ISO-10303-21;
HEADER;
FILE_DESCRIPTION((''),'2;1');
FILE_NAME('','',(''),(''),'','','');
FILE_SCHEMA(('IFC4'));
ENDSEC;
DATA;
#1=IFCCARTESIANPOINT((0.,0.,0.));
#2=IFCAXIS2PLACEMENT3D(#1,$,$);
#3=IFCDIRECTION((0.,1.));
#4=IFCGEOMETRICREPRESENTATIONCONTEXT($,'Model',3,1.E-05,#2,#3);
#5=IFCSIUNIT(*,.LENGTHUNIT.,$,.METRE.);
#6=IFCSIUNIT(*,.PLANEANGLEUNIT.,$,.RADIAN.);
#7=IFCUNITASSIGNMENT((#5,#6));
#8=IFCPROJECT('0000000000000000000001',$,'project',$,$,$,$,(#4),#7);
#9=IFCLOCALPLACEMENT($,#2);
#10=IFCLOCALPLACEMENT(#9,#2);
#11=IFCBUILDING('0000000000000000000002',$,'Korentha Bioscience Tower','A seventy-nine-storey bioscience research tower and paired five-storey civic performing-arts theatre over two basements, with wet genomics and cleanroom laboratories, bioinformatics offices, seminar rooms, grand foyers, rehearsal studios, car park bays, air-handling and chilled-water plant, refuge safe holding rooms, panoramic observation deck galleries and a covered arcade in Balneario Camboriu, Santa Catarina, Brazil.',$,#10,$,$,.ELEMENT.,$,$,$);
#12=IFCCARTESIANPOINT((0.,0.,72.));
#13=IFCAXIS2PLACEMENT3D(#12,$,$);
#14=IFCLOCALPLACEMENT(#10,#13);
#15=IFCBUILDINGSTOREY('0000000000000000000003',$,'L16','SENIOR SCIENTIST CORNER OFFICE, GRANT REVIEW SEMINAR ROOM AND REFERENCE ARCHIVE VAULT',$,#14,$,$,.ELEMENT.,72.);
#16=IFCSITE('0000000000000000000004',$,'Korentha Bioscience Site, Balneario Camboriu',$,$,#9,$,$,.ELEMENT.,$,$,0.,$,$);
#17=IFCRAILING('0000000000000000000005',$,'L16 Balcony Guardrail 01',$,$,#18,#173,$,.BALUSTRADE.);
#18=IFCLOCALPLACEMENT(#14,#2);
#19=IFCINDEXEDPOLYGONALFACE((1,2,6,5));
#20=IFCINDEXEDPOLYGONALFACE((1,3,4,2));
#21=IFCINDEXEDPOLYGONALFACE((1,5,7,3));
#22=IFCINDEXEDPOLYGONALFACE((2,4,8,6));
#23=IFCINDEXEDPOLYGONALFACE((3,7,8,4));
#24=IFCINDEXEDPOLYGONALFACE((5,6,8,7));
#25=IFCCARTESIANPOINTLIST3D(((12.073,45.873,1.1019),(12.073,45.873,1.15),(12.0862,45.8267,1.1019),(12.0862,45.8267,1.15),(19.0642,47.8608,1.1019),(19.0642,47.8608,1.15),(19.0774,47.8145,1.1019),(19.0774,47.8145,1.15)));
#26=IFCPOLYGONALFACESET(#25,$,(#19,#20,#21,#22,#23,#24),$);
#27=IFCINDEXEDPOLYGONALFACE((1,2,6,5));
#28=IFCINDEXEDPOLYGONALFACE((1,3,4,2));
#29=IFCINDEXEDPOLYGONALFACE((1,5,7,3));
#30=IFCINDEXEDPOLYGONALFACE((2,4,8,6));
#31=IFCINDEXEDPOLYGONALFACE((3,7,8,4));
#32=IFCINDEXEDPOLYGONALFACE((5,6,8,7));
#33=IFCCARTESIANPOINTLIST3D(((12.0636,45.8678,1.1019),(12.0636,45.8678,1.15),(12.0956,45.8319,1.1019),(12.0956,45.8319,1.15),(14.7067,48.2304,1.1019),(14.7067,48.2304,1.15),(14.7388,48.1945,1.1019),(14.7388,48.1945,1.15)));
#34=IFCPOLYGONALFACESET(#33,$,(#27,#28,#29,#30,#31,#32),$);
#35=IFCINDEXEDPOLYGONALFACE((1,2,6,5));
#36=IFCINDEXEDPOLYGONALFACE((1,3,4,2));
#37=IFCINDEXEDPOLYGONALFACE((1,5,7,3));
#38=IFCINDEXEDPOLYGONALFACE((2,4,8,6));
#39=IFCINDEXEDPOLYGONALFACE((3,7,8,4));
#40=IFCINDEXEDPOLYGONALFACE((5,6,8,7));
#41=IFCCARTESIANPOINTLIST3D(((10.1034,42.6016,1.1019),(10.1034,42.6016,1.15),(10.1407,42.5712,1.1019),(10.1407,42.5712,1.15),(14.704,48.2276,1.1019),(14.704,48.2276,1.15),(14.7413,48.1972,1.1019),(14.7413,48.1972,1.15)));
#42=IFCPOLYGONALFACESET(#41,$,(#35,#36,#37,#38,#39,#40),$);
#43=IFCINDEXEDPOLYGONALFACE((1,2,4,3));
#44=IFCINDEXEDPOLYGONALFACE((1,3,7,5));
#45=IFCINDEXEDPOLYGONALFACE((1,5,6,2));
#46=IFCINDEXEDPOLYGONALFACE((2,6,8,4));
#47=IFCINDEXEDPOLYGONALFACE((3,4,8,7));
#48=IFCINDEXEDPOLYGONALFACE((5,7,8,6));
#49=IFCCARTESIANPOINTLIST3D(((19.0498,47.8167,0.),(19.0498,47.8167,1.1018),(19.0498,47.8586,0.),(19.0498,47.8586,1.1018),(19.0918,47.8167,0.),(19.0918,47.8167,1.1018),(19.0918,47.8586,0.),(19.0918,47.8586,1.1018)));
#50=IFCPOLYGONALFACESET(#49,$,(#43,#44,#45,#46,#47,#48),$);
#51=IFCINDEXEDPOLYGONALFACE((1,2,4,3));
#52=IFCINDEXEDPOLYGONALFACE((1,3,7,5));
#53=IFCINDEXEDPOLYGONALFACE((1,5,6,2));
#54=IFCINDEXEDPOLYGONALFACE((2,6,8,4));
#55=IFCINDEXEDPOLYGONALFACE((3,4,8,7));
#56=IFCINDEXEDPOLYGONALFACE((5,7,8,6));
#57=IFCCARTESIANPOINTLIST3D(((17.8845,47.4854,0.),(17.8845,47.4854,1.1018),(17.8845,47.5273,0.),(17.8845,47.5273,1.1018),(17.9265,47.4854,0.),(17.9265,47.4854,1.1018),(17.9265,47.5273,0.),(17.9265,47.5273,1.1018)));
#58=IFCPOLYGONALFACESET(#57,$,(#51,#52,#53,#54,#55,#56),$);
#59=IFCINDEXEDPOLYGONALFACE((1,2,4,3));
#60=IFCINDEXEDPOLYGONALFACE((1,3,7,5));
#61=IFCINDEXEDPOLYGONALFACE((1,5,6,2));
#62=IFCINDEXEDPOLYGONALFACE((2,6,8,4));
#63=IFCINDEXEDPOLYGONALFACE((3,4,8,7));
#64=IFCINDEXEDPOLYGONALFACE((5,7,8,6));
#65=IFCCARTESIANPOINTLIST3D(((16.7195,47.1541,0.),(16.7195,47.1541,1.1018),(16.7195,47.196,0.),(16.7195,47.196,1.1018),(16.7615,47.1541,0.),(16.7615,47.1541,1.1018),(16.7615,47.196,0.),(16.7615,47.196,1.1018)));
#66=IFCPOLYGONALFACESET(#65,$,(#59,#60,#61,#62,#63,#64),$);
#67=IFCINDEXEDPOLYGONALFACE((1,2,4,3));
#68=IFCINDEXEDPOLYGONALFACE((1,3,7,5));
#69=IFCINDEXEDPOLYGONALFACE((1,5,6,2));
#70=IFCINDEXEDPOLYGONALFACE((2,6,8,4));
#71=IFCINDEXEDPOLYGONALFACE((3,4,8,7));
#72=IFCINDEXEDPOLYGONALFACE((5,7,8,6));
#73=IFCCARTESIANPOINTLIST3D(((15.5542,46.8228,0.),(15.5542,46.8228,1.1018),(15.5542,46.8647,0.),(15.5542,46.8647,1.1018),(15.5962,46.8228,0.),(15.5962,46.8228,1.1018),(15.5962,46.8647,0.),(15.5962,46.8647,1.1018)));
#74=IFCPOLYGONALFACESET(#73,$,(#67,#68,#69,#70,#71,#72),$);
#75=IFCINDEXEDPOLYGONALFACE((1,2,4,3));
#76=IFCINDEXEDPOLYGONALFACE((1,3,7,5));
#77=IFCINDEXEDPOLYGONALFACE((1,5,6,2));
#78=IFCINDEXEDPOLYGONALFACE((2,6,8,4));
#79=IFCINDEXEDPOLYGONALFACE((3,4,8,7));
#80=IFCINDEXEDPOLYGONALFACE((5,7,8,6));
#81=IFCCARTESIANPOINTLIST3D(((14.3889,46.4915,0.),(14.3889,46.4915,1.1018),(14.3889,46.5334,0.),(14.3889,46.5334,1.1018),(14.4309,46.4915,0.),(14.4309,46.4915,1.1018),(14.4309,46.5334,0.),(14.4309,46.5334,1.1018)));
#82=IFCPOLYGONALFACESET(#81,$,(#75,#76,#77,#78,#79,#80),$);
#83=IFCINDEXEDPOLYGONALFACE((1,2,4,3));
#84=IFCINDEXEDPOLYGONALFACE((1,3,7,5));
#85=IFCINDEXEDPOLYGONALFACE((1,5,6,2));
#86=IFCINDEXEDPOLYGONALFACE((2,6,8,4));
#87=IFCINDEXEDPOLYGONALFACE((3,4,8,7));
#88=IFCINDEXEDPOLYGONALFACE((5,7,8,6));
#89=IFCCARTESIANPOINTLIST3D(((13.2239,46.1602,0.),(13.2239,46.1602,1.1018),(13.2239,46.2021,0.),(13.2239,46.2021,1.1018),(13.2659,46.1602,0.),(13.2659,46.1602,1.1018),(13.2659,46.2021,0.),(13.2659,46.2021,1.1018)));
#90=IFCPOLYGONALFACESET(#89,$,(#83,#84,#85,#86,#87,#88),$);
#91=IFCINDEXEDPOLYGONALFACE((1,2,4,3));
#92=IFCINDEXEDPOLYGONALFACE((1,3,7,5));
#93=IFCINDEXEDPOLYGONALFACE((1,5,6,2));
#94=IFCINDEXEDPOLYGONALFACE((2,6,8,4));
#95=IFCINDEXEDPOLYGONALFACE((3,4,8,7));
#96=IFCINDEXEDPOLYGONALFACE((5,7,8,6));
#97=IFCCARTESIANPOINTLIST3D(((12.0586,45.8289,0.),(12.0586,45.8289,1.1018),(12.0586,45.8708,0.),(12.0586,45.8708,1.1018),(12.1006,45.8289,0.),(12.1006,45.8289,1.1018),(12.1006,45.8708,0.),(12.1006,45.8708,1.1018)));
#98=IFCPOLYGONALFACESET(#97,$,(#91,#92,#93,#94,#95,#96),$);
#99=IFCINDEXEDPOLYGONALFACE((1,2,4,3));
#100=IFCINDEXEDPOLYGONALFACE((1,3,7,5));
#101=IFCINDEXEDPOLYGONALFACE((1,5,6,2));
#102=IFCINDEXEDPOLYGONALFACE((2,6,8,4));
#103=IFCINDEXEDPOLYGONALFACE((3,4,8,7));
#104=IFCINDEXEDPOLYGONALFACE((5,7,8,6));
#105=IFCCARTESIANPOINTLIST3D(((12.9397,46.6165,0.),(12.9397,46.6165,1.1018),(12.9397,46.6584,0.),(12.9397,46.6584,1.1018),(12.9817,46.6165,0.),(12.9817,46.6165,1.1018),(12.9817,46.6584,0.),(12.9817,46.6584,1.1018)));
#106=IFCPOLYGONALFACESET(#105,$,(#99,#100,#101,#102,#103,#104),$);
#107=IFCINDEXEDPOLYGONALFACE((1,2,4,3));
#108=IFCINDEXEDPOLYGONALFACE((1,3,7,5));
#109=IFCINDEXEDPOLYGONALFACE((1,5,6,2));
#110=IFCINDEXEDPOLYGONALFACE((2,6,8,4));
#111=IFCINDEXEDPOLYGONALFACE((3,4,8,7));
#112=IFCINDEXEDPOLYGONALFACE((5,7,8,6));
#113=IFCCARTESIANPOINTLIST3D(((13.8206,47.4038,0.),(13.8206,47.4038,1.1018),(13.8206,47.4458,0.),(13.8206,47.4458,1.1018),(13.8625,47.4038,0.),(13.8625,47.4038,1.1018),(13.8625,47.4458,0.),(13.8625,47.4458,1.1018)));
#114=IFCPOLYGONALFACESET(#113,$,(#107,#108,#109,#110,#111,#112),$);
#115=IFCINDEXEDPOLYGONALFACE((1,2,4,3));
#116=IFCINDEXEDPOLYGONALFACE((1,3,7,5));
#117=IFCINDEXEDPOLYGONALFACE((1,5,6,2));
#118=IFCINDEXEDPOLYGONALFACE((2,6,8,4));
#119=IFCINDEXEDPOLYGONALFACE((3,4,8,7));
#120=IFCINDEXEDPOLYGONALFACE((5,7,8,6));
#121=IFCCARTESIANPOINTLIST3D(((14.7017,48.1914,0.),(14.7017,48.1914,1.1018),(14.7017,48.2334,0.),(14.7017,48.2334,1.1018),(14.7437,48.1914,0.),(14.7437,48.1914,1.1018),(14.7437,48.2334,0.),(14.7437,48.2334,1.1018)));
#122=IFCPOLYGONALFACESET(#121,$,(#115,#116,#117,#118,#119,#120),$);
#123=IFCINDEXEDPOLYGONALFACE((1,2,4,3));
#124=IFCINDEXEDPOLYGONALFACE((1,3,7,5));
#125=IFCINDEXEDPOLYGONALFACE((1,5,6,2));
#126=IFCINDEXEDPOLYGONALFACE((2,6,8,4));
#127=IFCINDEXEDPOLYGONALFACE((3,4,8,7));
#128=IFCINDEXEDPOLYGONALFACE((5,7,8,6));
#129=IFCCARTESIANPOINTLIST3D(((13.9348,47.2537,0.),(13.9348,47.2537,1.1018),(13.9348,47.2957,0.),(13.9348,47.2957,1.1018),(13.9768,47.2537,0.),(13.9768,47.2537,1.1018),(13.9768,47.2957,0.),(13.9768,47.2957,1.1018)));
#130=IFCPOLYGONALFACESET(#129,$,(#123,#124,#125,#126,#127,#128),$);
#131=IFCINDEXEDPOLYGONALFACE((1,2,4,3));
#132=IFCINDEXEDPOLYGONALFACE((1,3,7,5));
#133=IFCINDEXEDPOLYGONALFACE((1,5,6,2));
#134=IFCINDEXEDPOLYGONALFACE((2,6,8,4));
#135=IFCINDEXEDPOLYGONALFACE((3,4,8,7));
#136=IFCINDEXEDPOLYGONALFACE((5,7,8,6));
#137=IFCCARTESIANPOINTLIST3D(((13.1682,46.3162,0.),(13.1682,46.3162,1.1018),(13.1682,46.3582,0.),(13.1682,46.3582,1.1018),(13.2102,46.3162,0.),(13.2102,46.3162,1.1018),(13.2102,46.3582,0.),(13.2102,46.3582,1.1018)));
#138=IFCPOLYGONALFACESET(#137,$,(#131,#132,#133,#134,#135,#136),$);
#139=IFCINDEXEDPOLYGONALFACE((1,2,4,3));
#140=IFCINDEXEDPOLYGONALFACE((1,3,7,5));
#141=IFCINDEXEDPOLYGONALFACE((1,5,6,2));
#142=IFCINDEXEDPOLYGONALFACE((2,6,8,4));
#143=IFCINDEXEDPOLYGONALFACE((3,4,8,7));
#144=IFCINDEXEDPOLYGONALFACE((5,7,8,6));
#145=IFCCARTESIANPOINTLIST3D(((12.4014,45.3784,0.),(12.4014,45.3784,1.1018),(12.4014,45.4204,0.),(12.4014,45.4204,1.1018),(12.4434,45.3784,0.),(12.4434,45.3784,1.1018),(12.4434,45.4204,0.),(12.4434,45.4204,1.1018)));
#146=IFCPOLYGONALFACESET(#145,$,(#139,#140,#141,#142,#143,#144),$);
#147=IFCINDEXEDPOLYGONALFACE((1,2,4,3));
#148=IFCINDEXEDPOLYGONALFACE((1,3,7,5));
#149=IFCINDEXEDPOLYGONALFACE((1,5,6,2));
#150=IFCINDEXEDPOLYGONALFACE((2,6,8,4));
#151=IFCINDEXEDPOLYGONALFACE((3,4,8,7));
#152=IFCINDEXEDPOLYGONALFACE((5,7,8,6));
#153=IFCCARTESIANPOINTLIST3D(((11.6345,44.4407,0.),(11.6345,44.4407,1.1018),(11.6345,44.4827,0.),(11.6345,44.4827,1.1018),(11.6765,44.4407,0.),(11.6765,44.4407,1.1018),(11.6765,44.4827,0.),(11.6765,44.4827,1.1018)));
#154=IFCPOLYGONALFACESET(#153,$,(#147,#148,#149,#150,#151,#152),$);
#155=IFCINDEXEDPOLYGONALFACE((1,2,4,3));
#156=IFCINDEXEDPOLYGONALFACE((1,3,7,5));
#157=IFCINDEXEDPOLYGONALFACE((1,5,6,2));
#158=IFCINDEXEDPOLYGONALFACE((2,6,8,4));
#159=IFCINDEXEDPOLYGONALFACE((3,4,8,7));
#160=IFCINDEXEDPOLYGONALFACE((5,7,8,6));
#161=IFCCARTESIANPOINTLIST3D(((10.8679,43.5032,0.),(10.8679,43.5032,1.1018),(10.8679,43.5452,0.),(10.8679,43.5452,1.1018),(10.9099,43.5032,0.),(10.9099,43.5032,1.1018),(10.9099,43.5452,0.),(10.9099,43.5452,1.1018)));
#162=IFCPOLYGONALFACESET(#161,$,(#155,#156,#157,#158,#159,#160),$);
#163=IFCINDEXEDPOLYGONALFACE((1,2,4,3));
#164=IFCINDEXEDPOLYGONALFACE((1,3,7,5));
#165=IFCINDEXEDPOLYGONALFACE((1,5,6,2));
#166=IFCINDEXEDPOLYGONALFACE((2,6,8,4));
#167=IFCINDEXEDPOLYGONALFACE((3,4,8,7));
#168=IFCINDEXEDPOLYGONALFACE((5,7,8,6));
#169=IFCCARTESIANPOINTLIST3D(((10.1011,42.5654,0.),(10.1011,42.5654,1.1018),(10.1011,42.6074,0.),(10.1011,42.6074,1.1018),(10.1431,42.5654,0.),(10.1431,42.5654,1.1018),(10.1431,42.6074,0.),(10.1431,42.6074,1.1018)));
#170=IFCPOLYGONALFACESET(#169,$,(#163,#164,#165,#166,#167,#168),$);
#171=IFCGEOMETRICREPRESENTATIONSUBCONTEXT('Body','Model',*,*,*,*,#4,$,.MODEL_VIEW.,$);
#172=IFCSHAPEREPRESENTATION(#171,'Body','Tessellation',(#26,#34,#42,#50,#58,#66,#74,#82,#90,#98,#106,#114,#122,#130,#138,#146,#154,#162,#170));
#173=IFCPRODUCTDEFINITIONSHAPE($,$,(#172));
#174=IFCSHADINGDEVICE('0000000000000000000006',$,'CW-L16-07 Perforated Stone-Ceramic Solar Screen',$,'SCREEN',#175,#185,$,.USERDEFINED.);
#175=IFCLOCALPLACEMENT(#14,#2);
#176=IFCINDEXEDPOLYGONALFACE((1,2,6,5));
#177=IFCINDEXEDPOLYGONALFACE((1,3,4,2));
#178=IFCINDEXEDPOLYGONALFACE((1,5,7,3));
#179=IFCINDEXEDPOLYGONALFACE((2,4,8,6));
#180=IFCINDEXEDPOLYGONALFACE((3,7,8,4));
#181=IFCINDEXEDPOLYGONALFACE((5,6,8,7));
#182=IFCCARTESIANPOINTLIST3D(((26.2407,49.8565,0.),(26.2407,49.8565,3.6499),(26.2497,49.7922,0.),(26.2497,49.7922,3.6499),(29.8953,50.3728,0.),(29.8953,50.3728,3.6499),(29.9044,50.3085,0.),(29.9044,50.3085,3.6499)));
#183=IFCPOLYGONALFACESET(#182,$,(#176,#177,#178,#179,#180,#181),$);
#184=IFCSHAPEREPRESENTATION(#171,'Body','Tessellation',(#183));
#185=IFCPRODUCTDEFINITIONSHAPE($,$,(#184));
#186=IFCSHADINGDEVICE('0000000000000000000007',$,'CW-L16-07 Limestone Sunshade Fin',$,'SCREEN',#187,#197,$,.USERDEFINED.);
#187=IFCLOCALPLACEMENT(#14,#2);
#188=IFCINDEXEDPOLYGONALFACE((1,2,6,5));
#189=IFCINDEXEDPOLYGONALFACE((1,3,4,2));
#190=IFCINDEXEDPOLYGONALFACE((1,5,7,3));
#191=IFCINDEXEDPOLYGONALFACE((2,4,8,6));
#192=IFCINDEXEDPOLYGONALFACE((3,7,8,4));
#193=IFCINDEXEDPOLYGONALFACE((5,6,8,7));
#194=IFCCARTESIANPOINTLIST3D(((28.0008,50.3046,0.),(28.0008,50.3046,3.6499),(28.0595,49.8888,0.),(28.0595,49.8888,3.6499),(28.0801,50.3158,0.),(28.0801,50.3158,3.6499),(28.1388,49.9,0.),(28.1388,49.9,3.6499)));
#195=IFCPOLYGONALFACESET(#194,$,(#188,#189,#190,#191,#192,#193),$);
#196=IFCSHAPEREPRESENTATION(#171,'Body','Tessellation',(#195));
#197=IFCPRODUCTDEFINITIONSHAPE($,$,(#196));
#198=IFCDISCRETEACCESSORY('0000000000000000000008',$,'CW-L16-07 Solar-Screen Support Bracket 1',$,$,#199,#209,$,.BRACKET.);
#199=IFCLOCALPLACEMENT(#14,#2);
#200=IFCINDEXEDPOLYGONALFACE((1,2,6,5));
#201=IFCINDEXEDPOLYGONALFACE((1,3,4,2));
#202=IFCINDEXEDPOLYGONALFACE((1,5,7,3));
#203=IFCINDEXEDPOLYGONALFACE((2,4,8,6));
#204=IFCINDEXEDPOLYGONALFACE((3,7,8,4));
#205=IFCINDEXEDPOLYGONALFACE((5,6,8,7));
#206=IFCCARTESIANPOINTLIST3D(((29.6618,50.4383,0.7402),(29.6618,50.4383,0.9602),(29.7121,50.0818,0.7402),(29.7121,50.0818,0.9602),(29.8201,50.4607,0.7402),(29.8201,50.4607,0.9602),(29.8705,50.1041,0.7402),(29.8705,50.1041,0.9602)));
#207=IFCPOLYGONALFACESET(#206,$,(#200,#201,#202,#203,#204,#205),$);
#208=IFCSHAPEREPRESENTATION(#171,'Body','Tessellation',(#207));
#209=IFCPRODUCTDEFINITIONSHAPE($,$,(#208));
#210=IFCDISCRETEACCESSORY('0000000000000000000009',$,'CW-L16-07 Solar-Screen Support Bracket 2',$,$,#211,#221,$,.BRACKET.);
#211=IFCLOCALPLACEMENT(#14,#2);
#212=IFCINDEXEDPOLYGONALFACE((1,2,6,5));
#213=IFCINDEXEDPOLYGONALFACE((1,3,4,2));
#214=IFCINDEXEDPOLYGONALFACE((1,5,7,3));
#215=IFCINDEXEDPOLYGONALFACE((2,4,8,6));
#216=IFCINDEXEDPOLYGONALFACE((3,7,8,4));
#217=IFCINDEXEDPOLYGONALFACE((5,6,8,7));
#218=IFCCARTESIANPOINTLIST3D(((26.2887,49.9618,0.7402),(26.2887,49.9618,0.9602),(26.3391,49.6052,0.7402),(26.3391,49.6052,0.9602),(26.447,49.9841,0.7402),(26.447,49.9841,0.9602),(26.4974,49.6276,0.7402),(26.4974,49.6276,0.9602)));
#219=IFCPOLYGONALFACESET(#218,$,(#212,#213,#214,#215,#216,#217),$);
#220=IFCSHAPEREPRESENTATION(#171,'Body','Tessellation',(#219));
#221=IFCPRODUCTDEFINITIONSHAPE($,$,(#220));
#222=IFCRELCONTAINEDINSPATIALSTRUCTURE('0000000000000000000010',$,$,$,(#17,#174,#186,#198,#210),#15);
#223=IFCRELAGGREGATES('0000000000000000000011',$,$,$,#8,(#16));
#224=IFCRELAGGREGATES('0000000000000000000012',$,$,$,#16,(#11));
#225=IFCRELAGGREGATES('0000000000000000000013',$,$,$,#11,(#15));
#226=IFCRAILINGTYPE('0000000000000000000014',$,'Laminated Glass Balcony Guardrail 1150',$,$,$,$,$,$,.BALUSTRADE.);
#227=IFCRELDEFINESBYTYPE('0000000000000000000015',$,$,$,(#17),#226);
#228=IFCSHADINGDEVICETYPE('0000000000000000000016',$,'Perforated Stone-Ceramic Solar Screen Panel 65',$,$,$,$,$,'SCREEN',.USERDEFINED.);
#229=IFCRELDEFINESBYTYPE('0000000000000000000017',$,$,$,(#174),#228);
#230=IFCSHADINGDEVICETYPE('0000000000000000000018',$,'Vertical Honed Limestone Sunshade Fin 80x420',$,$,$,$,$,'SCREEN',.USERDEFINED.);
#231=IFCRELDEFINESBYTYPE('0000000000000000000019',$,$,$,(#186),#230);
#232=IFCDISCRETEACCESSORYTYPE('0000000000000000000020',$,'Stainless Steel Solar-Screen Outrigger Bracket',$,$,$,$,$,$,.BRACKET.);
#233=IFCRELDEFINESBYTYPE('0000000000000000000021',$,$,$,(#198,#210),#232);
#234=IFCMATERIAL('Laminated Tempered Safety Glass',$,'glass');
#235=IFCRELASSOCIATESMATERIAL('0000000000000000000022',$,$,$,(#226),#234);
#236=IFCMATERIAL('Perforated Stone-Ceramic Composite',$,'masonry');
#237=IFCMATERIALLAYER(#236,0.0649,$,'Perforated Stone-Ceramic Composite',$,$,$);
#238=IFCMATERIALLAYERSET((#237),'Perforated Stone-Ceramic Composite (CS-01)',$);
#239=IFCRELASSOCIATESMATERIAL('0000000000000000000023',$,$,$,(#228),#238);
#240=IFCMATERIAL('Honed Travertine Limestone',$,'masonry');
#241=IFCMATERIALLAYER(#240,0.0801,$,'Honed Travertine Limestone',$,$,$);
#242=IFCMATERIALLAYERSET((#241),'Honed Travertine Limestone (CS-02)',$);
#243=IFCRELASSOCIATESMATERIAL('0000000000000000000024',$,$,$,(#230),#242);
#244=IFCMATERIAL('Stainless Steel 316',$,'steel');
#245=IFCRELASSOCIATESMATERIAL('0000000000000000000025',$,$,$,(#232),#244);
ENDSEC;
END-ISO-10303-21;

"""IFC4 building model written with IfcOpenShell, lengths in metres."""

from ifc_helpers import new_model, si_unit, direction, frame, origin, origin_2d, place, context, subcontext, project, spatial, rectangle, extrude, material, layer, layer_set, type_object, element, save


model = new_model("IFC4")

# Units and contexts
model_context = context("Model", 3, precision=1e-05, world=origin(), true_north=direction((0.0, 1.0)))
body_context = subcontext(model_context, "Body", "Model", "MODEL_VIEW")
ifc_project = project(units=[si_unit("LENGTHUNIT", "METRE"), si_unit("PLANEANGLEUNIT", "RADIAN")], contexts=[model_context])

# Site, building, storey
site_placement = place(None, origin())
site = spatial("IfcSite", under=ifc_project, at=site_placement, Name="Korentha Bioscience Site, Balneario Camboriu", CompositionType="ELEMENT", RefElevation=0.0)
building_placement = place(site_placement, origin())
building = spatial("IfcBuilding", under=site, at=building_placement, Name="Korentha Bioscience Tower", Description="A seventy-nine-storey bioscience research tower and paired five-storey civic performing-arts theatre over two basements, with wet genomics and cleanroom laboratories, bioinformatics offices, seminar rooms, grand foyers, rehearsal studios, car park bays, air-handling and chilled-water plant, refuge safe holding rooms, panoramic observation deck galleries and a covered arcade in Balneario Camboriu, Santa Catarina, Brazil.", CompositionType="ELEMENT")
storey_placement = place(building_placement, frame((0.0, 0.0, 72.0)))
storey = spatial("IfcBuildingStorey", under=building, at=storey_placement, Name="L16", Description="SENIOR SCIENTIST CORNER OFFICE, GRANT REVIEW SEMINAR ROOM AND REFERENCE ARCHIVE VAULT", CompositionType="ELEMENT", Elevation=72.0)

# Railing
ifc_material_1 = material(Name="Laminated Tempered Safety Glass", Category="glass")
railing_type = type_object("IfcRailingType", Name="Laminated Glass Balcony Guardrail 1150", PredefinedType="BALUSTRADE", material=ifc_material_1)
railing_placement = place(storey_placement, frame((19.0708, 47.8376, 0.0)))
element("IfcRailing", 1, at=railing_placement, inside=storey, type_object=railing_type, Name="L16 Balcony Guardrail 01", PredefinedType="BALUSTRADE", context=body_context, shape_type="SweptSolid", body=[
    extrude(rectangle(XDim=0.0481, YDim=0.0481, at=origin_2d()), frame((0.0, 0.0, 1.126), z_axis=(-0.961876, -0.273488, 0.0), x_axis=(0.273488, -0.961876, 0.0)), (0.0, 0.0, 1.0), 7.2683),
    extrude(rectangle(XDim=0.0481, YDim=0.0481, at=origin_2d()), frame((-6.9912, -1.9878, 1.126), z_axis=(0.745564, 0.666434, 0.0), x_axis=(-0.666434, 0.745564, 0.0)), (0.0, 0.0, 1.0), 3.5452),
    extrude(rectangle(XDim=0.0481, YDim=0.0481, at=origin_2d()), frame((-4.3481, 0.3748, 1.126), z_axis=(-0.633033, -0.774125, 0.0), x_axis=(0.774125, -0.633033, 0.0)), (0.0, 0.0, 1.0), 7.2676),
    extrude(rectangle(XDim=0.042, YDim=0.042, at=origin_2d()), origin(), (0.0, 0.0, 1.0), 1.1018),
    extrude(rectangle(XDim=0.042, YDim=0.042, at=origin_2d()), frame((-1.1653, -0.3313, 0.0)), (0.0, 0.0, 1.0), 1.1018),
    extrude(rectangle(XDim=0.042, YDim=0.042, at=origin_2d()), frame((-2.3303, -0.6626, 0.0)), (0.0, 0.0, 1.0), 1.1018),
    extrude(rectangle(XDim=0.042, YDim=0.042, at=origin_2d()), frame((-3.4956, -0.9939, 0.0)), (0.0, 0.0, 1.0), 1.1018),
    extrude(rectangle(XDim=0.042, YDim=0.042, at=origin_2d()), frame((-4.6609, -1.3252, 0.0)), (0.0, 0.0, 1.0), 1.1018),
    extrude(rectangle(XDim=0.042, YDim=0.042, at=origin_2d()), frame((-5.8259, -1.6565, 0.0)), (0.0, 0.0, 1.0), 1.1018),
    extrude(rectangle(XDim=0.042, YDim=0.042, at=origin_2d()), frame((-6.9912, -1.9878, 0.0)), (0.0, 0.0, 1.0), 1.1018),
    extrude(rectangle(XDim=0.042, YDim=0.042, at=origin_2d()), frame((-6.1101, -1.2002, 0.0)), (0.0, 0.0, 1.0), 1.1018),
    extrude(rectangle(XDim=0.042, YDim=0.042, at=origin_2d()), frame((-5.2292, -0.4128, 0.0)), (0.0, 0.0, 1.0), 1.1018),
    extrude(rectangle(XDim=0.042, YDim=0.042, at=origin_2d()), frame((-4.3481, 0.3748, 0.0)), (0.0, 0.0, 1.0), 1.1018),
    extrude(rectangle(XDim=0.042, YDim=0.042, at=origin_2d()), frame((-5.115, -0.563, 0.0)), (0.0, 0.0, 1.0), 1.1018),
    extrude(rectangle(XDim=0.042, YDim=0.042, at=origin_2d()), frame((-5.8816, -1.5005, 0.0)), (0.0, 0.0, 1.0), 1.1018),
    extrude(rectangle(XDim=0.042, YDim=0.042, at=origin_2d()), frame((-6.6484, -2.4382, 0.0)), (0.0, 0.0, 1.0), 1.1018),
    extrude(rectangle(XDim=0.042, YDim=0.042, at=origin_2d()), frame((-7.4153, -3.376, 0.0)), (0.0, 0.0, 1.0), 1.1018),
    extrude(rectangle(XDim=0.042, YDim=0.042, at=origin_2d()), frame((-8.1819, -4.3135, 0.0)), (0.0, 0.0, 1.0), 1.1018),
    extrude(rectangle(XDim=0.042, YDim=0.042, at=origin_2d()), frame((-8.9487, -5.2512, 0.0)), (0.0, 0.0, 1.0), 1.1018),
])

# Shading devices
ifc_material_2 = material(Name="Perforated Stone-Ceramic Composite", Category="masonry")
ifc_layer_1 = layer(ifc_material_2, 0.0649, Name="Perforated Stone-Ceramic Composite")
ifc_layer_set_1 = layer_set([ifc_layer_1], Name="Perforated Stone-Ceramic Composite (CS-01)")
shading_device_type_1 = type_object("IfcShadingDeviceType", Name="Perforated Stone-Ceramic Solar Screen Panel 65", ElementType="SCREEN", PredefinedType="USERDEFINED", material=ifc_layer_set_1)
shading_device_1_placement = place(storey_placement, frame((28.0725, 50.0825, 0.0), z_axis=(0.0, 0.0, 1.0), x_axis=(-0.990167, -0.139888, 0.0)))
element("IfcShadingDevice", 2, at=shading_device_1_placement, inside=storey, type_object=shading_device_type_1, Name="CW-L16-07 Perforated Stone-Ceramic Solar Screen", ObjectType="SCREEN", PredefinedType="USERDEFINED", context=body_context, shape_type="SweptSolid", body=[
    extrude(rectangle(XDim=3.6909, YDim=0.0649, at=origin_2d()), origin(), (0.0, 0.0, 1.0), 3.6499),
])
ifc_material_3 = material(Name="Honed Travertine Limestone", Category="masonry")
ifc_layer_2 = layer(ifc_material_3, 0.0801, Name="Honed Travertine Limestone")
ifc_layer_set_2 = layer_set([ifc_layer_2], Name="Honed Travertine Limestone (CS-02)")
shading_device_type_2 = type_object("IfcShadingDeviceType", Name="Vertical Honed Limestone Sunshade Fin 80x420", ElementType="SCREEN", PredefinedType="USERDEFINED", material=ifc_layer_set_2)
shading_device_2_placement = place(storey_placement, frame((28.0698, 50.1023, 0.0), z_axis=(0.0, 0.0, 1.0), x_axis=(-0.990167, -0.139888, 0.0)))
element("IfcShadingDevice", 3, at=shading_device_2_placement, inside=storey, type_object=shading_device_type_2, Name="CW-L16-07 Limestone Sunshade Fin", ObjectType="SCREEN", PredefinedType="USERDEFINED", context=body_context, shape_type="SweptSolid", body=[
    extrude(rectangle(XDim=0.0801, YDim=0.4199, at=origin_2d()), origin(), (0.0, 0.0, 1.0), 3.6499),
])

# Discrete accessories
ifc_material_4 = material(Name="Stainless Steel 316", Category="steel")
discrete_accessory_type = type_object("IfcDiscreteAccessoryType", Name="Stainless Steel Solar-Screen Outrigger Bracket", PredefinedType="BRACKET", material=ifc_material_4)
for number, where, z_axis, x_axis, name in (
    (4, (29.7661, 50.2712, 0.7402), (0.0, 0.0, 1.0), (-0.990167, -0.139888, 0.0), "CW-L16-07 Solar-Screen Support Bracket 1"),
    (5, (26.3931, 49.7947, 0.7402), (0.0, 0.0, 1.0), (-0.990167, -0.139888, 0.0), "CW-L16-07 Solar-Screen Support Bracket 2"),
):
    element("IfcDiscreteAccessory", number, at=place(storey_placement, frame(where, z_axis=z_axis, x_axis=x_axis)), inside=storey, type_object=discrete_accessory_type, Name=name, PredefinedType="BRACKET", context=body_context, shape_type="SweptSolid", body=[
        extrude(rectangle(XDim=0.1599, YDim=0.3601, at=origin_2d()), origin(), (0.0, 0.0, 1.0), 0.22),
    ])

save(model, "model.ifc")
